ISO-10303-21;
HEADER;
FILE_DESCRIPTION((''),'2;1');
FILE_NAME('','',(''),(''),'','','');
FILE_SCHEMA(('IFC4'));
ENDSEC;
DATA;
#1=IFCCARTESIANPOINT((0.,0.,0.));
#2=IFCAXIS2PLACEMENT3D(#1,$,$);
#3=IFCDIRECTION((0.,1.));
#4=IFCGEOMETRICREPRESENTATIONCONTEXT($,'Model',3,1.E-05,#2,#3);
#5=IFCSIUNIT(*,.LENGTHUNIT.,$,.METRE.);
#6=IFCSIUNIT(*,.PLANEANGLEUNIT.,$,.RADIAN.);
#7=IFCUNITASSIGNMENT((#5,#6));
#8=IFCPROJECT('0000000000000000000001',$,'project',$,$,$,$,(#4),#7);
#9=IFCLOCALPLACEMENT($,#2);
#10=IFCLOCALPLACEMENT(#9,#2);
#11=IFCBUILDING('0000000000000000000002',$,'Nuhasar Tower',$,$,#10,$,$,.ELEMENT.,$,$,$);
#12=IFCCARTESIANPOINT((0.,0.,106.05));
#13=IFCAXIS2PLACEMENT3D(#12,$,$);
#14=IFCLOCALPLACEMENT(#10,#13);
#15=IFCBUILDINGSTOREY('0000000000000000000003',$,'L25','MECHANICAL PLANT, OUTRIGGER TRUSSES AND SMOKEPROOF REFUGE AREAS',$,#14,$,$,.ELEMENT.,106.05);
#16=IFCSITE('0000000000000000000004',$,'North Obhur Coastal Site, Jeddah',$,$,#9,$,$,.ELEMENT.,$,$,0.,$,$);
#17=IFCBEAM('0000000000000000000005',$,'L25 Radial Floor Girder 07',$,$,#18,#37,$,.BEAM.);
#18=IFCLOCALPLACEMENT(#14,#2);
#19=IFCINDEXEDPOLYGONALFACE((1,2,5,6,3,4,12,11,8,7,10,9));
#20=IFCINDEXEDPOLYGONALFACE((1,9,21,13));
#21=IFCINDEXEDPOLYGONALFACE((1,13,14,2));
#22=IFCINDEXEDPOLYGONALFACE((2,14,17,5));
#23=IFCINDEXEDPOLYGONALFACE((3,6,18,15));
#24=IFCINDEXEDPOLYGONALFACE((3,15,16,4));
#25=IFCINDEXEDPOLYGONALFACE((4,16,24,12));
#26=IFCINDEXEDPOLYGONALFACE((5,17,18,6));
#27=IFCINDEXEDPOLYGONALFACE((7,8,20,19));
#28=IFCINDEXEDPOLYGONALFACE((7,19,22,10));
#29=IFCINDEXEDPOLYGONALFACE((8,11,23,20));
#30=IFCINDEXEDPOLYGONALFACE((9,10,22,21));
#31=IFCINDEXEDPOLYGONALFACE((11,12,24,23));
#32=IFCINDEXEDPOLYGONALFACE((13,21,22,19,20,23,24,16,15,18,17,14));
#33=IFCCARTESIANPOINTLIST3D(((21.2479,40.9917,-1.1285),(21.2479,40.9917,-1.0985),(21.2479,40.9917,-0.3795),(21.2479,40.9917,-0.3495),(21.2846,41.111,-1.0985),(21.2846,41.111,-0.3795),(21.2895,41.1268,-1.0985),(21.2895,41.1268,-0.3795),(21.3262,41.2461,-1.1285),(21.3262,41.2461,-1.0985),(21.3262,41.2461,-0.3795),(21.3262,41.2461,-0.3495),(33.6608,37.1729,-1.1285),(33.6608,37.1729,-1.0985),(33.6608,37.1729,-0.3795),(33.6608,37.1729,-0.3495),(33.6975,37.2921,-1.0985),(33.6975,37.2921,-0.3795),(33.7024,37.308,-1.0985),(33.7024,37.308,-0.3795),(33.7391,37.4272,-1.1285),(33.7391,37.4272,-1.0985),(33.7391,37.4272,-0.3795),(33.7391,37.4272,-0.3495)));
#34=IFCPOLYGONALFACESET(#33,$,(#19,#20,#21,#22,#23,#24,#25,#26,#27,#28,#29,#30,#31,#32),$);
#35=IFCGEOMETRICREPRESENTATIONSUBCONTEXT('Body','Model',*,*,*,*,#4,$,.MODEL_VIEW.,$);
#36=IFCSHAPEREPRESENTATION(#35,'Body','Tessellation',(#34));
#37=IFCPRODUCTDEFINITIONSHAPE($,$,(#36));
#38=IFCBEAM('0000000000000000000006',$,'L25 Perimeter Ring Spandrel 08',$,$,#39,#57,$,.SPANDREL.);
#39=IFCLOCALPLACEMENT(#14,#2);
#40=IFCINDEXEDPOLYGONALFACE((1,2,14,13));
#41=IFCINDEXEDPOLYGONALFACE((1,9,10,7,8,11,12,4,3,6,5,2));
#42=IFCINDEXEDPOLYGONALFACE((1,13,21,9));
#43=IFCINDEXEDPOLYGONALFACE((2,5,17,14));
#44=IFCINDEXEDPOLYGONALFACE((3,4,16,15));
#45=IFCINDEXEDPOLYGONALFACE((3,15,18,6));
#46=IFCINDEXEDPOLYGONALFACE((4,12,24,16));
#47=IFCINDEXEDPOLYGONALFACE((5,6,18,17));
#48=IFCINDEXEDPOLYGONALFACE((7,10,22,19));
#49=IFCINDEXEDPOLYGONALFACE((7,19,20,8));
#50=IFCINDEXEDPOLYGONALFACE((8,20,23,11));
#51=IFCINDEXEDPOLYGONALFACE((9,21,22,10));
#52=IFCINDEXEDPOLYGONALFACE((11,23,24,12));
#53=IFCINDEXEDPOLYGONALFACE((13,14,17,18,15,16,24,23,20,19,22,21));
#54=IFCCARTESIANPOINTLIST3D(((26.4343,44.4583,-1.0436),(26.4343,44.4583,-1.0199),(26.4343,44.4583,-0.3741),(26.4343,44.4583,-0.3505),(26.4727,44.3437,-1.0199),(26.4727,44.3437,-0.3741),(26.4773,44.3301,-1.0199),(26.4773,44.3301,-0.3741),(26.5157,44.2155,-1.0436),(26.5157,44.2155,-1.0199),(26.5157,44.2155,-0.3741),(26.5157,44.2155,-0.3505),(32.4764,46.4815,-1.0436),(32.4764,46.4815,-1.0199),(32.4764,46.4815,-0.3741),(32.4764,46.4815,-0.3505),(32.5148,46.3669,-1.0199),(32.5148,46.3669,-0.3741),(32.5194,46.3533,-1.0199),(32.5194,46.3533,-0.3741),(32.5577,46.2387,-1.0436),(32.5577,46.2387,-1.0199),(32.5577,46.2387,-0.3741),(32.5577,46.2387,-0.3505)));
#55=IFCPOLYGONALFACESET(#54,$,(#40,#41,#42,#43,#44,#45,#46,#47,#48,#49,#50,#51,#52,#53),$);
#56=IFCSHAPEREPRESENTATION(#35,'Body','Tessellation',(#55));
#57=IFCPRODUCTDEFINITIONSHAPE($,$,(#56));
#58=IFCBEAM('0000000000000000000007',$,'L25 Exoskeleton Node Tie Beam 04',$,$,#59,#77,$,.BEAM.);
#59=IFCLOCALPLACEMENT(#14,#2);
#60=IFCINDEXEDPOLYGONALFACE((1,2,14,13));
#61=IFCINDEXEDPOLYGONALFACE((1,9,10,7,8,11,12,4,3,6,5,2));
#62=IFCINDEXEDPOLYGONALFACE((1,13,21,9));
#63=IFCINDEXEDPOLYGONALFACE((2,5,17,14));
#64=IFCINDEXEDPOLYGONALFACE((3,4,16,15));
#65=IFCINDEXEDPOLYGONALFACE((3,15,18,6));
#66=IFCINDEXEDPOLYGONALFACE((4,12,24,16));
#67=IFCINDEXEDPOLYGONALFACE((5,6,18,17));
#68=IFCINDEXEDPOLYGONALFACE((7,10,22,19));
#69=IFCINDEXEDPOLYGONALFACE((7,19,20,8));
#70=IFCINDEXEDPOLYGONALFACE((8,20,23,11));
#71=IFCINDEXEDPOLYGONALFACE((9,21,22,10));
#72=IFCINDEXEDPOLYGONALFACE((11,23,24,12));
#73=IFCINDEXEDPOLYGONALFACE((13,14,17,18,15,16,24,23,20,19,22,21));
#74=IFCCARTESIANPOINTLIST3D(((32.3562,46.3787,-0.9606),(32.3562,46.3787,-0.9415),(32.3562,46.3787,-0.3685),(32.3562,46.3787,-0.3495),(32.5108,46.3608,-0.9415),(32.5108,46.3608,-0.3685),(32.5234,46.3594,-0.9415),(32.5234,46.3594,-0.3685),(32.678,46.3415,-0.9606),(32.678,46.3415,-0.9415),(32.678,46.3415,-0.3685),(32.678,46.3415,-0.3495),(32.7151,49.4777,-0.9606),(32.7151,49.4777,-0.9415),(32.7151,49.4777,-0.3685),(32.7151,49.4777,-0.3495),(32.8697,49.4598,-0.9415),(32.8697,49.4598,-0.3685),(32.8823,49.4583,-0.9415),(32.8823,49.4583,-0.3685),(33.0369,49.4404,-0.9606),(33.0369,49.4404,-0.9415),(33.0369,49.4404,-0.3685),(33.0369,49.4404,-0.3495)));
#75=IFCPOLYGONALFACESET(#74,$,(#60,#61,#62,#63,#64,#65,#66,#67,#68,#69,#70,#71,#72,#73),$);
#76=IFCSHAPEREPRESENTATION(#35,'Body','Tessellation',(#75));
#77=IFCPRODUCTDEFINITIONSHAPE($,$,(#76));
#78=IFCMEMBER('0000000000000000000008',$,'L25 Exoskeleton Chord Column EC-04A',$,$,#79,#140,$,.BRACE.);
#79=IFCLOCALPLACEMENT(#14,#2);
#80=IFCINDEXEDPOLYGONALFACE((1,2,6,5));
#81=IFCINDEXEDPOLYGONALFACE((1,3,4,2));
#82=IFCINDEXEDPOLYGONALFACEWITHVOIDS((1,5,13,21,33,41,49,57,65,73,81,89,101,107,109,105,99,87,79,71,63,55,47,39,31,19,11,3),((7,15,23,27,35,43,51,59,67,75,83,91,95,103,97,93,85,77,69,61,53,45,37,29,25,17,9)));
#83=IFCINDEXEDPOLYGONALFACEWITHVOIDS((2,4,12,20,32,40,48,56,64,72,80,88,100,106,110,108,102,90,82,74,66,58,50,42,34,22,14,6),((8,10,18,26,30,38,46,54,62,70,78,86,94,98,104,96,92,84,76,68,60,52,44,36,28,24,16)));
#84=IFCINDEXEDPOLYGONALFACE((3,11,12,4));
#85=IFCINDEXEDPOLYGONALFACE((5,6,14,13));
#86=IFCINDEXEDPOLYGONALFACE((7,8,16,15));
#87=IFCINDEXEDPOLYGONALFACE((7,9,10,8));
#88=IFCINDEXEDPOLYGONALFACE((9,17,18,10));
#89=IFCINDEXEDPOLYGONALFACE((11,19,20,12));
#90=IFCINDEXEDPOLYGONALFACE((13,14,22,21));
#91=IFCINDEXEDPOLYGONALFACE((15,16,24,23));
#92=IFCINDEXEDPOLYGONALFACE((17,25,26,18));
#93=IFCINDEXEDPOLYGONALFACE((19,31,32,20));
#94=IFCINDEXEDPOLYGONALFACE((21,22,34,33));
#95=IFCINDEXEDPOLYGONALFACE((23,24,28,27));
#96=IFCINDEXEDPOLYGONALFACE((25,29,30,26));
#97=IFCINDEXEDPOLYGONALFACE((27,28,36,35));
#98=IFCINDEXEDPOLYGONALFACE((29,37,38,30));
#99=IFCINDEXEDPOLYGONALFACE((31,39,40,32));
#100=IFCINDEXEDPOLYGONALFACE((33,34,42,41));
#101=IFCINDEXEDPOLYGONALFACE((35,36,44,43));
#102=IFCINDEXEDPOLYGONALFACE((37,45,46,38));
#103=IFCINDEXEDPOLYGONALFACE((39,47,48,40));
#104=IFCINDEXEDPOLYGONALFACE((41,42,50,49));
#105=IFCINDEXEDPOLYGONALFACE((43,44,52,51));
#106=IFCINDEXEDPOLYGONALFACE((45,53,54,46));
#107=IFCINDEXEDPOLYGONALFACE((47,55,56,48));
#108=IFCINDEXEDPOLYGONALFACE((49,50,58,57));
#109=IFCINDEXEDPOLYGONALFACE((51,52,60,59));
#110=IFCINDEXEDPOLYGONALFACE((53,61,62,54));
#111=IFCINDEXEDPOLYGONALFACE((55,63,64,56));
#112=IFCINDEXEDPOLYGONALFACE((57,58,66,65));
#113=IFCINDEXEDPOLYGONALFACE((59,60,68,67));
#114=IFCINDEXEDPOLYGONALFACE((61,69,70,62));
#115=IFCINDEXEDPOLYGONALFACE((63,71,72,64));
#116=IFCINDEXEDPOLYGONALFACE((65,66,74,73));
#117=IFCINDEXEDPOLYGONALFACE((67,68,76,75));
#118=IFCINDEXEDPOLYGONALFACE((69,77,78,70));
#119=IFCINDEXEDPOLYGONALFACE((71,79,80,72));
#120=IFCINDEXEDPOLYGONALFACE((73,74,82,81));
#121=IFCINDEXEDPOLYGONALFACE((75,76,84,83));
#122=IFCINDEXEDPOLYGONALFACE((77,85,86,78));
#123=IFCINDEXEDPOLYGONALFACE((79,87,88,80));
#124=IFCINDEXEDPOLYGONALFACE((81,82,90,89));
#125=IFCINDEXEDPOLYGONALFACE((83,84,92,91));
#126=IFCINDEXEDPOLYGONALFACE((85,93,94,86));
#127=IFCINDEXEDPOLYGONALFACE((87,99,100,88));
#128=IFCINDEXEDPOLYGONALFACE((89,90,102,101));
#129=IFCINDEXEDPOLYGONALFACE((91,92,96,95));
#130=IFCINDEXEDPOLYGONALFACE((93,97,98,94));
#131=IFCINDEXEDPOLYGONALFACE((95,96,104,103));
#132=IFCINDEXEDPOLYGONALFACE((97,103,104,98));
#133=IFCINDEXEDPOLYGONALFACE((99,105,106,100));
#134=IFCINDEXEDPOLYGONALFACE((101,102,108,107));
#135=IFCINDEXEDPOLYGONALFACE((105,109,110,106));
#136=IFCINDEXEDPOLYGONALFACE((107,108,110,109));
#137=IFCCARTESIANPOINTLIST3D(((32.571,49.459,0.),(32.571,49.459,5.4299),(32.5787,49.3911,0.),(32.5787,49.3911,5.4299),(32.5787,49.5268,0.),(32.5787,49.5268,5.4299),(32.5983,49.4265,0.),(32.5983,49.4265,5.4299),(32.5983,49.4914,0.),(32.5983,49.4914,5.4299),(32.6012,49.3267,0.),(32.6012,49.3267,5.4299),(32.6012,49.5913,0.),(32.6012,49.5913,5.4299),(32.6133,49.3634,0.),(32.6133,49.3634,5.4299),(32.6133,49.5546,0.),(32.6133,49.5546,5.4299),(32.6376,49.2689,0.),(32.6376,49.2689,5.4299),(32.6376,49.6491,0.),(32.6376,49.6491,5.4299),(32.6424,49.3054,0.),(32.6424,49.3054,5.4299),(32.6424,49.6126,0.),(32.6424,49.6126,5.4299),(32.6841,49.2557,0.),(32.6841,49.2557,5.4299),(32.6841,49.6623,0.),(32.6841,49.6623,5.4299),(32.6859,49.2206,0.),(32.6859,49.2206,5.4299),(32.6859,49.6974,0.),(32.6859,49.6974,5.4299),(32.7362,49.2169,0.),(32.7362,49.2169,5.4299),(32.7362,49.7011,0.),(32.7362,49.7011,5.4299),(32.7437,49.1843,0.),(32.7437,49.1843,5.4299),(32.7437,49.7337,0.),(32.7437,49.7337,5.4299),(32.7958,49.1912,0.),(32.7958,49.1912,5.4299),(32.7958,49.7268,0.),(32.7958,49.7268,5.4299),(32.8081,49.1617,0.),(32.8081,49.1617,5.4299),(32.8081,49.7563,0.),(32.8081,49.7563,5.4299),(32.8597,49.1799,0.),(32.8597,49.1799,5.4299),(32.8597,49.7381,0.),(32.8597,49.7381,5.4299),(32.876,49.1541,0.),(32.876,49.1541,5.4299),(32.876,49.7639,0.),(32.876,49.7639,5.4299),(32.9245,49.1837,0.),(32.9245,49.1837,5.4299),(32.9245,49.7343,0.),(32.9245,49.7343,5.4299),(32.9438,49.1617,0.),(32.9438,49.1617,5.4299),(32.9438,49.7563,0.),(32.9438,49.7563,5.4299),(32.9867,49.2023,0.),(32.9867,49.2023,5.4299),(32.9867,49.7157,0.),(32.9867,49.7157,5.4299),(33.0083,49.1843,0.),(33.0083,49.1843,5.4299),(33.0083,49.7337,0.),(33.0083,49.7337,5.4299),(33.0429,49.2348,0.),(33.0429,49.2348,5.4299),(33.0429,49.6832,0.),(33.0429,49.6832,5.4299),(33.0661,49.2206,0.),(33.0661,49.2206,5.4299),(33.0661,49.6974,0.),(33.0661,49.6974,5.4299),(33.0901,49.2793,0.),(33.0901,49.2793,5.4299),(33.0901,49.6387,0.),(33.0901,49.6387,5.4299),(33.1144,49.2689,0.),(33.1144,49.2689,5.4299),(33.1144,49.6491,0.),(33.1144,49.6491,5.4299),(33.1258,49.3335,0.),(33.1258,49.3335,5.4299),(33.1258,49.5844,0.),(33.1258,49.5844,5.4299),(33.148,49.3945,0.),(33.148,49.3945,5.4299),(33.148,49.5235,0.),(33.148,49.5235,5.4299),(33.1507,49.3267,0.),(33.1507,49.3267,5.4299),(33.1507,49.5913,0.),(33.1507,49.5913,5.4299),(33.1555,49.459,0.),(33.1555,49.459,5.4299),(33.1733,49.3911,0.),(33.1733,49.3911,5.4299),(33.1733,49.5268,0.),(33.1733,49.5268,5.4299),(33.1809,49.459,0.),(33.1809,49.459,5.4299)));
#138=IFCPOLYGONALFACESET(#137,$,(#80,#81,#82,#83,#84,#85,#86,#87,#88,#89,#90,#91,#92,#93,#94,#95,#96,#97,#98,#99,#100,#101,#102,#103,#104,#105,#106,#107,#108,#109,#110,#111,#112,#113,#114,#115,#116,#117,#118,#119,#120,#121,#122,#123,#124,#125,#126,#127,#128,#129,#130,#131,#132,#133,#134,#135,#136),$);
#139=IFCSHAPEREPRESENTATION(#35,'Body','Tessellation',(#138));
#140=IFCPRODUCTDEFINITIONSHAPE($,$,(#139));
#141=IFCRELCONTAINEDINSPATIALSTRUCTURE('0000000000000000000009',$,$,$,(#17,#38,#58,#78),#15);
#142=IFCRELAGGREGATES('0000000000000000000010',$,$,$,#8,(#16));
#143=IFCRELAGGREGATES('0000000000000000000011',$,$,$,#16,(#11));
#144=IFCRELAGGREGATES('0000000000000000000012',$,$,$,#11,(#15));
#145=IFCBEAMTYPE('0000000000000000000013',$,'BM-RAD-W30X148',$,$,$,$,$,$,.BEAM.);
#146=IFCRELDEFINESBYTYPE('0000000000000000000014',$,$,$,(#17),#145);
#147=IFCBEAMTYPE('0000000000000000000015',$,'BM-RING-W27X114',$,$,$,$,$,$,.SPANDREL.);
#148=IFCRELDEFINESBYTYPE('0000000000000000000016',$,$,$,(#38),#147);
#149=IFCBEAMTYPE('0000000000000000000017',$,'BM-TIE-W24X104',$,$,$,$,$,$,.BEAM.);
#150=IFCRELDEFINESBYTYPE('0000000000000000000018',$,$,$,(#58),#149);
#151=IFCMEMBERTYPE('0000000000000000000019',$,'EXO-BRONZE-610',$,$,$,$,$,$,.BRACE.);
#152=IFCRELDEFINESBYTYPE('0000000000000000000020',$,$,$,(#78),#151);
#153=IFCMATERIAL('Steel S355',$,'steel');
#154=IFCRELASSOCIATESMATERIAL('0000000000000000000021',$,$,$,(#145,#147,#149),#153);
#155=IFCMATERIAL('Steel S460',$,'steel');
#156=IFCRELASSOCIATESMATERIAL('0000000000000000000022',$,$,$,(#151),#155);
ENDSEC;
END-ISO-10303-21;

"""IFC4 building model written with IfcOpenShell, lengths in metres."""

from ifc_helpers import new_model, si_unit, direction, frame, origin, origin_2d, place, context, subcontext, project, spatial, hollow_circle, i_section, extrude, material, material_profile, profile_set, type_object, element, save


model = new_model("IFC4")

# Units and contexts
model_context = context("Model", 3, precision=1e-05, world=origin(), true_north=direction((0.0, 1.0)))
body_context = subcontext(model_context, "Body", "Model", "MODEL_VIEW")
ifc_project = project(units=[si_unit("LENGTHUNIT", "METRE"), si_unit("PLANEANGLEUNIT", "RADIAN")], contexts=[model_context])

# Site, building, storey
site_placement = place(None, origin())
site = spatial("IfcSite", under=ifc_project, at=site_placement, Name="North Obhur Coastal Site, Jeddah", CompositionType="ELEMENT", RefElevation=0.0)
building_placement = place(site_placement, origin())
building = spatial("IfcBuilding", under=site, at=building_placement, Name="Nuhasar Tower", CompositionType="ELEMENT")
storey_placement = place(building_placement, frame((0.0, 0.0, 106.05)))
storey = spatial("IfcBuildingStorey", under=building, at=storey_placement, Name="L25", Description="MECHANICAL PLANT, OUTRIGGER TRUSSES AND SMOKEPROOF REFUGE AREAS", CompositionType="ELEMENT", Elevation=106.05)

# Beams
ifc_material_1 = material(Name="Steel S355", Category="steel")
ifc_material_profile_1 = material_profile(ifc_material_1, i_section(OverallWidth=0.2661, OverallDepth=0.7791, WebThickness=0.0166, FlangeThickness=0.03, at=origin_2d()), Name="W30X148")
ifc_profile_set_1 = profile_set([ifc_material_profile_1], Name="Steel S355")
beam_type_1 = type_object("IfcBeamType", Name="BM-RAD-W30X148", PredefinedType="BEAM", material=ifc_profile_set_1)
beam_1_placement = place(storey_placement, frame((33.7, 37.3, -0.739), z_axis=(-0.95579, 0.294052, 0.0), x_axis=(-0.294052, -0.95579, 0.0)))
element("IfcBeam", 1, at=beam_1_placement, inside=storey, type_object=beam_type_1, Name="L25 Radial Floor Girder 07", PredefinedType="BEAM", context=body_context, shape_type="SweptSolid", body=[
    extrude(i_section(OverallWidth=0.2661, OverallDepth=0.7791, WebThickness=0.0166, FlangeThickness=0.03, at=origin_2d()), origin(), (0.0, 0.0, 1.0), 12.9871),
])
ifc_material_profile_2 = material_profile(ifc_material_1, i_section(OverallWidth=0.2561, OverallDepth=0.6931, WebThickness=0.0144, FlangeThickness=0.0237, at=origin_2d()), Name="W27X114")
ifc_profile_set_2 = profile_set([ifc_material_profile_2], Name="Steel S355")
beam_type_2 = type_object("IfcBeamType", Name="BM-RING-W27X114", PredefinedType="SPANDREL", material=ifc_profile_set_2)
beam_2_placement = place(storey_placement, frame((32.5171, 46.3601, -0.697), z_axis=(-0.948249, -0.317526, 0.0), x_axis=(0.317526, -0.948249, 0.0)))
element("IfcBeam", 2, at=beam_2_placement, inside=storey, type_object=beam_type_2, Name="L25 Perimeter Ring Spandrel 08", PredefinedType="SPANDREL", context=body_context, shape_type="SweptSolid", body=[
    extrude(i_section(OverallWidth=0.2561, OverallDepth=0.6931, WebThickness=0.0144, FlangeThickness=0.0237, at=origin_2d()), origin(), (0.0, 0.0, 1.0), 6.3718),
])
ifc_material_profile_3 = material_profile(ifc_material_1, i_section(OverallWidth=0.324, OverallDepth=0.6111, WebThickness=0.0127, FlangeThickness=0.019, at=origin_2d()), Name="W24X104")
ifc_profile_set_3 = profile_set([ifc_material_profile_3], Name="Steel S355")
beam_type_3 = type_object("IfcBeamType", Name="BM-TIE-W24X104", PredefinedType="BEAM", material=ifc_profile_set_3)
beam_3_placement = place(storey_placement, frame((32.5171, 46.3601, -0.655), z_axis=(0.115043, 0.993361, 0.0), x_axis=(-0.993361, 0.115043, 0.0)))
element("IfcBeam", 3, at=beam_3_placement, inside=storey, type_object=beam_type_3, Name="L25 Exoskeleton Node Tie Beam 04", PredefinedType="BEAM", context=body_context, shape_type="SweptSolid", body=[
    extrude(i_section(OverallWidth=0.324, OverallDepth=0.6111, WebThickness=0.0127, FlangeThickness=0.019, at=origin_2d()), origin(), (0.0, 0.0, 1.0), 3.1196),
])

# Member
ifc_material_2 = material(Name="Steel S460", Category="steel")
ifc_material_profile_4 = material_profile(ifc_material_2, hollow_circle(Radius=0.3049, WallThickness=0.0254, at=origin_2d()), Name="HSS610X25.4")
ifc_profile_set_4 = profile_set([ifc_material_profile_4], Name="Steel S460")
member_type_1 = type_object("IfcMemberType", Name="EXO-BRONZE-610", PredefinedType="BRACE", material=ifc_profile_set_4)
member_1_placement = place(storey_placement, frame((32.876, 49.459, 0.0), z_axis=(0.0, 0.0, 1.0), x_axis=(1.0, 0.0, 0.0)))
element("IfcMember", 4, at=member_1_placement, inside=storey, type_object=member_type_1, Name="L25 Exoskeleton Chord Column EC-04A", PredefinedType="BRACE", context=body_context, shape_type="SweptSolid", body=[
    extrude(hollow_circle(Radius=0.3049, WallThickness=0.0254, at=origin_2d()), origin(), (0.0, 0.0, 1.0), 5.4299),
])

save(model, "model.ifc")
